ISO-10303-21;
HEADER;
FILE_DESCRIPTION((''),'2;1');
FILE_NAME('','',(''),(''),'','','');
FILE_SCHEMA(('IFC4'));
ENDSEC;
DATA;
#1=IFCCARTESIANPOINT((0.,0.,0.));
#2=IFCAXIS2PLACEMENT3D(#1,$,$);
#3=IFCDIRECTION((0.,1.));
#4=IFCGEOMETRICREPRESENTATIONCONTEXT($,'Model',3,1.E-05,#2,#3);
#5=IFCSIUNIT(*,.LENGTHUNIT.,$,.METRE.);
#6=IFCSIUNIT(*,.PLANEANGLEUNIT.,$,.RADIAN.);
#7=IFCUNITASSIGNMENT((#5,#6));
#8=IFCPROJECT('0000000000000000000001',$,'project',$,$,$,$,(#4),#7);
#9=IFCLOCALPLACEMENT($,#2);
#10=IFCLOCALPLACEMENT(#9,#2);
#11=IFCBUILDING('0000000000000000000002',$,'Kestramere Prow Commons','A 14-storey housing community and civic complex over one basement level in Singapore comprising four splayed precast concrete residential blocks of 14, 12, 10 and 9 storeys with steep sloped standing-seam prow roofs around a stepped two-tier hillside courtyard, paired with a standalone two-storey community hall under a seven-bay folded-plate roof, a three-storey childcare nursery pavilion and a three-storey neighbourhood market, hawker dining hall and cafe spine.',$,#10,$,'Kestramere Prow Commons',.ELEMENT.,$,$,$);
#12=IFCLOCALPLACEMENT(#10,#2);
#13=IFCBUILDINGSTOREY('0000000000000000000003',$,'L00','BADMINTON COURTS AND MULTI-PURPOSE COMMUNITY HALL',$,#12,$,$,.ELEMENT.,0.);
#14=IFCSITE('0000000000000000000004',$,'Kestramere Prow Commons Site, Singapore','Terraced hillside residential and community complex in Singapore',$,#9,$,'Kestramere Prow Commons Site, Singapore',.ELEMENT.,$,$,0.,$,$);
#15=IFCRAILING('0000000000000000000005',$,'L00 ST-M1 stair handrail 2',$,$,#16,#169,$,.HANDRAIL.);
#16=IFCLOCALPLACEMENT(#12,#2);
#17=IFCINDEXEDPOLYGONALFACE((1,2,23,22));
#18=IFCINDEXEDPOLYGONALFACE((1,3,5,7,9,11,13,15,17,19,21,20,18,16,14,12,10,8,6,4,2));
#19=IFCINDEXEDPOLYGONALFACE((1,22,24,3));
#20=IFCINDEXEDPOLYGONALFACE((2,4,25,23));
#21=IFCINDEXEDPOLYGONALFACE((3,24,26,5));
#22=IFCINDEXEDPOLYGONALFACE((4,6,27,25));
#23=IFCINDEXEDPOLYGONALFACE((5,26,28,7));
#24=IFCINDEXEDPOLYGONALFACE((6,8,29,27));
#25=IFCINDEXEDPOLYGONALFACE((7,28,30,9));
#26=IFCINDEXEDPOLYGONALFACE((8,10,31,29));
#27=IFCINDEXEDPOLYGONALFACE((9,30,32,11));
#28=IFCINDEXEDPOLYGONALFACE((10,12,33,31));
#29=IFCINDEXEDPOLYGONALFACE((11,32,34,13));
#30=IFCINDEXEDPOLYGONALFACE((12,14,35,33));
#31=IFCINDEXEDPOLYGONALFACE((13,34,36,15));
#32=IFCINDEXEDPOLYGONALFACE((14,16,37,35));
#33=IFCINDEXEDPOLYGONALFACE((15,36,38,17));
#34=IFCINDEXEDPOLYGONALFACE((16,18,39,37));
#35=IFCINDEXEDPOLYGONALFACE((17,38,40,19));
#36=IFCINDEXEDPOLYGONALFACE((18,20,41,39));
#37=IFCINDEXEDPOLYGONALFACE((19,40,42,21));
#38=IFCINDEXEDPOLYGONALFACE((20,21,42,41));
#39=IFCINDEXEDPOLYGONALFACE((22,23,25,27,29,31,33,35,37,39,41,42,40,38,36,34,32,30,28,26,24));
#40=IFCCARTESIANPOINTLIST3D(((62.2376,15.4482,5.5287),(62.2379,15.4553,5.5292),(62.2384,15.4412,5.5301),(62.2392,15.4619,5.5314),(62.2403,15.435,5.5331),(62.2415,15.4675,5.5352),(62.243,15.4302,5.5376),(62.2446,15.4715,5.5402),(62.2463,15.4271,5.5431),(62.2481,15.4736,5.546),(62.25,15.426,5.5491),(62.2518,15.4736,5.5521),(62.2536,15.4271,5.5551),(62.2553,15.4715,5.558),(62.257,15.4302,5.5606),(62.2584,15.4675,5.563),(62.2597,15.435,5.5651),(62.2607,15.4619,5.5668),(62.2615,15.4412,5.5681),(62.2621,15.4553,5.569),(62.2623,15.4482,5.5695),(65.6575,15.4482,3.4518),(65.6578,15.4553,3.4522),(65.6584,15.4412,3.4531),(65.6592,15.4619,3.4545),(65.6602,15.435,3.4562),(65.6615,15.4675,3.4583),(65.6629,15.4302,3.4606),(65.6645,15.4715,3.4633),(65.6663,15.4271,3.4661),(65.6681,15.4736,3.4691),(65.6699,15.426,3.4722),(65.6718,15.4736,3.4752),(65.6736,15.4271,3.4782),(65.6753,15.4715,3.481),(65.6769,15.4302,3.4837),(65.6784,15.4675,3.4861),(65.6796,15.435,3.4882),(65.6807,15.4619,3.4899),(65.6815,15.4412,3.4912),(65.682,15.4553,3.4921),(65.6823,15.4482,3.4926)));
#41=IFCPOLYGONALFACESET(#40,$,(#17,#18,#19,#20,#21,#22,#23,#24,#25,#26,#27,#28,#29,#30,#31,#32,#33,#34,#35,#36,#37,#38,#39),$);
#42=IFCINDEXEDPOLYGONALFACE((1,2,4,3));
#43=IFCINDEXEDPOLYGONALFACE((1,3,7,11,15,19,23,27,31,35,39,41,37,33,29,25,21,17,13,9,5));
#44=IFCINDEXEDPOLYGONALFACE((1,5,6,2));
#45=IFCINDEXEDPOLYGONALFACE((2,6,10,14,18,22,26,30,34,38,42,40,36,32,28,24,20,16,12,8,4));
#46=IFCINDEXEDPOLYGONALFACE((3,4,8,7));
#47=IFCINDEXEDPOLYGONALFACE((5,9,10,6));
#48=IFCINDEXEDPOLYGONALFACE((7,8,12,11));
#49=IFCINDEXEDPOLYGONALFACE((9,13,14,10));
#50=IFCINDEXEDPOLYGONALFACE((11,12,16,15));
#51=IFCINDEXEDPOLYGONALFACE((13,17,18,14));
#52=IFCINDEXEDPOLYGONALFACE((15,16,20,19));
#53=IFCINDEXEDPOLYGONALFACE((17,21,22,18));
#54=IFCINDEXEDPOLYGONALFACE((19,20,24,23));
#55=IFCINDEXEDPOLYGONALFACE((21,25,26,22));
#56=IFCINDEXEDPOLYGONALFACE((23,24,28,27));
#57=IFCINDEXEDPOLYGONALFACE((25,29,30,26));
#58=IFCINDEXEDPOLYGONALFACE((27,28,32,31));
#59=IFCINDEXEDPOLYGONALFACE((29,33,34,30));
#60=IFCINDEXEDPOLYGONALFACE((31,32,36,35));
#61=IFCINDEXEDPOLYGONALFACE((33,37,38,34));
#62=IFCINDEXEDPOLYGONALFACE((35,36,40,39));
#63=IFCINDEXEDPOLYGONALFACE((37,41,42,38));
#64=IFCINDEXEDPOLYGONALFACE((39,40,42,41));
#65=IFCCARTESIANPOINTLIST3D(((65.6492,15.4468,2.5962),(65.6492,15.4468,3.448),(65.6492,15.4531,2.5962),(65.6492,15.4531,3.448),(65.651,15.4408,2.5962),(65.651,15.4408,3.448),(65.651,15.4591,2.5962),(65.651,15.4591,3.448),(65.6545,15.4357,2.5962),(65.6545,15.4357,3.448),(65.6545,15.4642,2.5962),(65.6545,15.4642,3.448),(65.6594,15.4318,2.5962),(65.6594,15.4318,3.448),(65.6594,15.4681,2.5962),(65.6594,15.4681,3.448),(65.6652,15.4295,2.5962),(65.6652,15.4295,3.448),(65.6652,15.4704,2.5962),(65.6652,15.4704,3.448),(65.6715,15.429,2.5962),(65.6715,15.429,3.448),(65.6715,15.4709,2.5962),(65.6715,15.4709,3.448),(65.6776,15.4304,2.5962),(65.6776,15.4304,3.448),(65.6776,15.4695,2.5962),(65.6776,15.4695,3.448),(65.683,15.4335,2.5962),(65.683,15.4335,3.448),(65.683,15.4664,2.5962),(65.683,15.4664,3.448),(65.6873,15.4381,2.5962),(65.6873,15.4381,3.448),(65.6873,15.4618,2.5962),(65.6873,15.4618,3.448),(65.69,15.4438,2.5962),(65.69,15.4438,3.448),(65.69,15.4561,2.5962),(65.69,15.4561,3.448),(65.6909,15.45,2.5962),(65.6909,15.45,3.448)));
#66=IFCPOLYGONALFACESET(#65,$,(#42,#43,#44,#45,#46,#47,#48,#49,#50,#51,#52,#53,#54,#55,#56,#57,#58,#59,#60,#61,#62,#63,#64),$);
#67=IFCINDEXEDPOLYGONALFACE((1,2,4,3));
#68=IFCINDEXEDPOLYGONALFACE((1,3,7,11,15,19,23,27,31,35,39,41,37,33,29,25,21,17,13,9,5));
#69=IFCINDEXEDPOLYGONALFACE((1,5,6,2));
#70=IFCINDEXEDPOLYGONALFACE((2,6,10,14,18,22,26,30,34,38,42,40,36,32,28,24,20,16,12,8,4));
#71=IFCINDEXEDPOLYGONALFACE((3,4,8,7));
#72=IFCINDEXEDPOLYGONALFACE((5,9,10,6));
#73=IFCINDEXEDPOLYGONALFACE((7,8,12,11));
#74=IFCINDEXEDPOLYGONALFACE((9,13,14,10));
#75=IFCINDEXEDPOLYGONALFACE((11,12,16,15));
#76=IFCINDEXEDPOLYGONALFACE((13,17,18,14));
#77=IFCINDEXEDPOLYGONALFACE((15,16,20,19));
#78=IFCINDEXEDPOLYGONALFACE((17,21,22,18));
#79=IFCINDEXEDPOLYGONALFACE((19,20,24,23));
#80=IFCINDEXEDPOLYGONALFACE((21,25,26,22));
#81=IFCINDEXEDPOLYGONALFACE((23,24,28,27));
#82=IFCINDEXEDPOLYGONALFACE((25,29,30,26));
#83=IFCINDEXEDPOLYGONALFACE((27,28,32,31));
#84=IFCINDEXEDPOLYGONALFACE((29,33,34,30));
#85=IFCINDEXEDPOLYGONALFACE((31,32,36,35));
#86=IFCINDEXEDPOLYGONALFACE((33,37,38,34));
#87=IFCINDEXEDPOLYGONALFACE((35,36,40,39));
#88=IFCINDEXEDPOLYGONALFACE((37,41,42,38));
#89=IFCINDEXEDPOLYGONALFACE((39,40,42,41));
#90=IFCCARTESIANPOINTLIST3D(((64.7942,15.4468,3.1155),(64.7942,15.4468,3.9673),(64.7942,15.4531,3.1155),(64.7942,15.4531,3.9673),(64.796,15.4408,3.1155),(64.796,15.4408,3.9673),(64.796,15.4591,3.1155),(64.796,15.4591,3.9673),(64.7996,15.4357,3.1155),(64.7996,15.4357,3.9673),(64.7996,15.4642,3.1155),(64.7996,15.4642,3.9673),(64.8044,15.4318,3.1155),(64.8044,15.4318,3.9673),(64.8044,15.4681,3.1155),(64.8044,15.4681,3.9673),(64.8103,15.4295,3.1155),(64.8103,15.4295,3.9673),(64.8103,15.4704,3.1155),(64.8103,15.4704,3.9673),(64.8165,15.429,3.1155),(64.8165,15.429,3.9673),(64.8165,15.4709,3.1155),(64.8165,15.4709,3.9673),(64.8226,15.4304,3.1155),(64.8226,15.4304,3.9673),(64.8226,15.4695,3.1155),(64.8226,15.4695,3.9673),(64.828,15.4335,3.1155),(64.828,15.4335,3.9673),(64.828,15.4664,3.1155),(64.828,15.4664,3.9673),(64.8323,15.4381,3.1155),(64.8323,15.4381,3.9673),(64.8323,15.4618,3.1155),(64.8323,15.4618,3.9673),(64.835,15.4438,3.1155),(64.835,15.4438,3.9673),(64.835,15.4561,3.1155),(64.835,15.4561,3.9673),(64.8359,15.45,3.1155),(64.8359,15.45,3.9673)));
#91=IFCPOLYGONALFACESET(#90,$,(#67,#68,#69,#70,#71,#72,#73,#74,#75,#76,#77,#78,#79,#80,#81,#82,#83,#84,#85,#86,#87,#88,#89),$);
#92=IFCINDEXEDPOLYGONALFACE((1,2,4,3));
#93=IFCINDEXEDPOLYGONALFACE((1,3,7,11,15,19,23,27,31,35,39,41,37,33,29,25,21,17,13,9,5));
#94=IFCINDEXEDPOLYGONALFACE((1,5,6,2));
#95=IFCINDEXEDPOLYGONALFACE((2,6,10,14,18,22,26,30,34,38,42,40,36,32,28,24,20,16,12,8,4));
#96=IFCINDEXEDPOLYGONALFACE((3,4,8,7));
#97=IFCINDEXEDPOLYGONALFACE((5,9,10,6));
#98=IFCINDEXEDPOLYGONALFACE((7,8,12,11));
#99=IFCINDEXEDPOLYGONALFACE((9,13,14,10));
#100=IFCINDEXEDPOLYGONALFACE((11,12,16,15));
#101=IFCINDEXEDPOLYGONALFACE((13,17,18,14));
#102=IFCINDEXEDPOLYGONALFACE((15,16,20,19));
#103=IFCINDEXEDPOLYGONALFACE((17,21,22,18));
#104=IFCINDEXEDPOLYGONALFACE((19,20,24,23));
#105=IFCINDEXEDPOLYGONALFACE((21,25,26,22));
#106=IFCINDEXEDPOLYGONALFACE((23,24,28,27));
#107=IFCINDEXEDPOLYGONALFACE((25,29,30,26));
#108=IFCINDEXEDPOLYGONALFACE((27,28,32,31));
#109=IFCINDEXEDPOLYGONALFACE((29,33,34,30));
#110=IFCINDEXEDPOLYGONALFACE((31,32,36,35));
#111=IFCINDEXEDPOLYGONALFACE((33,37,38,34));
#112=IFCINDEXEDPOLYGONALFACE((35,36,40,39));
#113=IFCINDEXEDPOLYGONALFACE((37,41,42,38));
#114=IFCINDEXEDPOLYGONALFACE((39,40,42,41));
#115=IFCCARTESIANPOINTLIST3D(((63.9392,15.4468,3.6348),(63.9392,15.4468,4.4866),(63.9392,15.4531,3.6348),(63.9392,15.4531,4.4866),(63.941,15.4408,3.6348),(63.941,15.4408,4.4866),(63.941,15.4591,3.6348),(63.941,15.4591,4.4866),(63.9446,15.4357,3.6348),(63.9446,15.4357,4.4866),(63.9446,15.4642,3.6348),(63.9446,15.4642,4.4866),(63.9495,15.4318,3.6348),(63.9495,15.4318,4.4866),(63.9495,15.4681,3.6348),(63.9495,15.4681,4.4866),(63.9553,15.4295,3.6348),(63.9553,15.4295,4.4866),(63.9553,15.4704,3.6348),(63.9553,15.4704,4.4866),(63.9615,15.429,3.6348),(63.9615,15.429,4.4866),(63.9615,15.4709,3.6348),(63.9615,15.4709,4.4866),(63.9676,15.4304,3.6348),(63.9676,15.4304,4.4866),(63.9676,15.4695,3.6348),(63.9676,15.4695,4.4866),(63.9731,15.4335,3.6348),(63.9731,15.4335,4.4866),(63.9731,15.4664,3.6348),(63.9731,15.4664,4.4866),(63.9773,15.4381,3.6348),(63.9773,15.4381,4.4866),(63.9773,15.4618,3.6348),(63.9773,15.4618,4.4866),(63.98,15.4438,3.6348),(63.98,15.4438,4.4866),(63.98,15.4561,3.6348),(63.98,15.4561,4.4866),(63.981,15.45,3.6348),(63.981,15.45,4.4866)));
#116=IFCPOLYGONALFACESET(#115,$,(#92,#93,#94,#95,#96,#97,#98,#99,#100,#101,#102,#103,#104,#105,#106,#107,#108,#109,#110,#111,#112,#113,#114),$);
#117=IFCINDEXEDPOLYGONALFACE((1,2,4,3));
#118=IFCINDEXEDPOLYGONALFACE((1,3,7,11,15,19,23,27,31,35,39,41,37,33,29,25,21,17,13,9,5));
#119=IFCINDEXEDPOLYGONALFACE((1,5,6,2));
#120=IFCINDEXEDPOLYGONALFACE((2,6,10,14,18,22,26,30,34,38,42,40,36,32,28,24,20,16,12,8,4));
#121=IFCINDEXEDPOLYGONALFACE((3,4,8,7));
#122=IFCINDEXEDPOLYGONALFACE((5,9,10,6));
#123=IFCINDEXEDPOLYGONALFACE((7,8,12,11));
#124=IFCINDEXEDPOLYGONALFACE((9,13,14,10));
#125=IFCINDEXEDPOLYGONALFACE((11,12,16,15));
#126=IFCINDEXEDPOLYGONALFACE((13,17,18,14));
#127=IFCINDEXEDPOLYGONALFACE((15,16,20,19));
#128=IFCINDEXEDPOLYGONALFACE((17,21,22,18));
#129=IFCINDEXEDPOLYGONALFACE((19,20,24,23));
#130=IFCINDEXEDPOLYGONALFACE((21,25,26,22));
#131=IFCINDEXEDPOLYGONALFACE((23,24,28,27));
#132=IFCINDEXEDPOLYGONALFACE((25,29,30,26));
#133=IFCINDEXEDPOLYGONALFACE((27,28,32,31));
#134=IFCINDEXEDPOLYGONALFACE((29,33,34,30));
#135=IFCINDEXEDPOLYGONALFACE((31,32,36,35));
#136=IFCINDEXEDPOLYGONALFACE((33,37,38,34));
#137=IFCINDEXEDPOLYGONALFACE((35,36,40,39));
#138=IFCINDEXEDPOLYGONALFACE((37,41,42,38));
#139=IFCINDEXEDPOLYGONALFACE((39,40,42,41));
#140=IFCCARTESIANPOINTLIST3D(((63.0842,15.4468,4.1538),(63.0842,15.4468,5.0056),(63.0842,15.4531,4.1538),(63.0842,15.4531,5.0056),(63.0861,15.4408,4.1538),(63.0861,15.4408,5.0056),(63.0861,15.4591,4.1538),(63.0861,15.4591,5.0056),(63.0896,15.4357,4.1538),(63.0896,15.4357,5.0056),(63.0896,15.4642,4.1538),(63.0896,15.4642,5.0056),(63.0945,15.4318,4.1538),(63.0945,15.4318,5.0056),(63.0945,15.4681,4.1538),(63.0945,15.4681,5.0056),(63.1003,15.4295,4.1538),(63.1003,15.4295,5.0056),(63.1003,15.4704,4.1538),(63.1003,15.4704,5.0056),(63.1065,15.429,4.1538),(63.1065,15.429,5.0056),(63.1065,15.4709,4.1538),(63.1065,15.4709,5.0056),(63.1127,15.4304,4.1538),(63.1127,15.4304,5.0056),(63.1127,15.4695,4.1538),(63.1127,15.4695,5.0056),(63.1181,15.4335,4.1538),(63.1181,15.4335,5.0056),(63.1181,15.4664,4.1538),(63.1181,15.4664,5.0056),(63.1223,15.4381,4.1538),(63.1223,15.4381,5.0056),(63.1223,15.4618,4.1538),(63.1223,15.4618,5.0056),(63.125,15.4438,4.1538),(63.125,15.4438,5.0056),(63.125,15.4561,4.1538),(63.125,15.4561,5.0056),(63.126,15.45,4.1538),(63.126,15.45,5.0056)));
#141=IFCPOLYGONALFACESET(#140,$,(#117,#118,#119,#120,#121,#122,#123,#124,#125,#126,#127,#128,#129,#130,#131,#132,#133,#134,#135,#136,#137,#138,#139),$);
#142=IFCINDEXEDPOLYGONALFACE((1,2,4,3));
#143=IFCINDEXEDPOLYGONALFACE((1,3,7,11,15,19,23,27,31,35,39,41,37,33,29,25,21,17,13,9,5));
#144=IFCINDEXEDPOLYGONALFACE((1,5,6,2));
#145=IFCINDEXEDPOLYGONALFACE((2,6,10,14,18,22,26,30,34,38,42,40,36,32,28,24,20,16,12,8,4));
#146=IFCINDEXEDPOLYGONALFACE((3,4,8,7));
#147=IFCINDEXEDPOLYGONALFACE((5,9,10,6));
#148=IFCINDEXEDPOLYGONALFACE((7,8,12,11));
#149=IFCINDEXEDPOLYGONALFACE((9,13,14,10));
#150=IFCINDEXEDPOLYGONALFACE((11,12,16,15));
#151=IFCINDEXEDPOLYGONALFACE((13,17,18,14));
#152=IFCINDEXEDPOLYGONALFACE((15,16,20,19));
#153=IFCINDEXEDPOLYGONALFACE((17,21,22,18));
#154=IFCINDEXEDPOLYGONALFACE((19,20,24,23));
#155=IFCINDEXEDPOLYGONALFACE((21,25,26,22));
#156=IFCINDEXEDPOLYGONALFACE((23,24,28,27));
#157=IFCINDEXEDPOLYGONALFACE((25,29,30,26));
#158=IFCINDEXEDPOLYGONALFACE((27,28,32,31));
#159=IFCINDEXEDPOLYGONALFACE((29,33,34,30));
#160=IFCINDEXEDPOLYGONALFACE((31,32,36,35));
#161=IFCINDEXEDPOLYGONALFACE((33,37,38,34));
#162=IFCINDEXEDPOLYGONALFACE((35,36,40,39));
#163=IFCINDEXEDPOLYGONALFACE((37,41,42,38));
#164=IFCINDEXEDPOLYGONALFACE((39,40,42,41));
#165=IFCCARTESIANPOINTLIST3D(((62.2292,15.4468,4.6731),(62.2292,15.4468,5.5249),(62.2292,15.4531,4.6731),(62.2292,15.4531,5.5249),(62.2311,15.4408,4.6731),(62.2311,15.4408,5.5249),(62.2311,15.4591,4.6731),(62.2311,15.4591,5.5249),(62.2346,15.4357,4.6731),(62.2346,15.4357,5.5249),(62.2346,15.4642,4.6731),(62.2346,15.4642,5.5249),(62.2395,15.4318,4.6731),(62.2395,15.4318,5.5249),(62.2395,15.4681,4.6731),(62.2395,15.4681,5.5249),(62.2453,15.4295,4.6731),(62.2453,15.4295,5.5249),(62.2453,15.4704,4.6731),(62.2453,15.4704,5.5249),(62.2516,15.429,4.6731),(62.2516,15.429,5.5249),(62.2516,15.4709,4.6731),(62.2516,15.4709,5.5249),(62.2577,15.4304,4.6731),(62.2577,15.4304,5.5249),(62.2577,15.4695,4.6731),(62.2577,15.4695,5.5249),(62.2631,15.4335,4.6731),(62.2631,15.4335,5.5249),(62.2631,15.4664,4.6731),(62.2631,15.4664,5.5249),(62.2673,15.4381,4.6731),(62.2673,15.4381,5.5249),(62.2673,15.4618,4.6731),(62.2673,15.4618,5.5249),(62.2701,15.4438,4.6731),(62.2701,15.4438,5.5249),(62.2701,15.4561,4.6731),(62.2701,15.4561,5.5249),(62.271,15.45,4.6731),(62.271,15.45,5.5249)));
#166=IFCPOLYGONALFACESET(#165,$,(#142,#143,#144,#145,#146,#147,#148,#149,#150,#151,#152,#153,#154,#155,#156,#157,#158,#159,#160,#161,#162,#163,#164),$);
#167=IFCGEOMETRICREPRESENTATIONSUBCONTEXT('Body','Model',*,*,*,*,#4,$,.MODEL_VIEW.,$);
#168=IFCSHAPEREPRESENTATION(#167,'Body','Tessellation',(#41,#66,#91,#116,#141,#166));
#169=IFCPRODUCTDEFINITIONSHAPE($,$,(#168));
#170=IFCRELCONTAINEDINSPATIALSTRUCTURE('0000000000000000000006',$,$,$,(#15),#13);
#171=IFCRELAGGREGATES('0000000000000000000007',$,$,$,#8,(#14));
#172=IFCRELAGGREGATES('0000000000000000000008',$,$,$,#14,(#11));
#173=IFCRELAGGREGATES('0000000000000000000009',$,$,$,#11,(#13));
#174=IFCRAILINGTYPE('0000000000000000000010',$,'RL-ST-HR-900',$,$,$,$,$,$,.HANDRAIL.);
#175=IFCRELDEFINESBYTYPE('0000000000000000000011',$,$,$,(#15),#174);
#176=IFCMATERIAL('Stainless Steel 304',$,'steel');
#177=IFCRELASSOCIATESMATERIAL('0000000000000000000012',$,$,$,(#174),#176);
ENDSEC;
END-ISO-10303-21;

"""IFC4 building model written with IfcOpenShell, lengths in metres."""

from ifc_helpers import new_model, si_unit, direction, frame, origin, origin_2d, place, context, subcontext, project, spatial, circle, extrude, material, type_object, element, save


model = new_model("IFC4")

# Units and contexts
model_context = context("Model", 3, precision=1e-05, world=origin(), true_north=direction((0.0, 1.0)))
body_context = subcontext(model_context, "Body", "Model", "MODEL_VIEW")
ifc_project = project(units=[si_unit("LENGTHUNIT", "METRE"), si_unit("PLANEANGLEUNIT", "RADIAN")], contexts=[model_context])

# Site, building, storey
site_placement = place(None, origin())
site = spatial("IfcSite", under=ifc_project, at=site_placement, Name="Kestramere Prow Commons Site, Singapore", Description="Terraced hillside residential and community complex in Singapore", LongName="Kestramere Prow Commons Site, Singapore", CompositionType="ELEMENT", RefElevation=0.0)
building_placement = place(site_placement, origin())
building = spatial("IfcBuilding", under=site, at=building_placement, Name="Kestramere Prow Commons", Description="A 14-storey housing community and civic complex over one basement level in Singapore comprising four splayed precast concrete residential blocks of 14, 12, 10 and 9 storeys with steep sloped standing-seam prow roofs around a stepped two-tier hillside courtyard, paired with a standalone two-storey community hall under a seven-bay folded-plate roof, a three-storey childcare nursery pavilion and a three-storey neighbourhood market, hawker dining hall and cafe spine.", LongName="Kestramere Prow Commons", CompositionType="ELEMENT")
storey_placement = place(building_placement, origin())
storey = spatial("IfcBuildingStorey", under=building, at=storey_placement, Name="L00", Description="BADMINTON COURTS AND MULTI-PURPOSE COMMUNITY HALL", CompositionType="ELEMENT", Elevation=0.0)

# Railing
ifc_material_1 = material(Name="Stainless Steel 304", Category="steel")
railing_type_1 = type_object("IfcRailingType", Name="RL-ST-HR-900", PredefinedType="HANDRAIL", material=ifc_material_1)
railing_1_placement = place(storey_placement, frame((65.6699, 15.45, 2.5962)))
element("IfcRailing", 1, at=railing_1_placement, inside=storey, type_object=railing_type_1, Name="L00 ST-M1 stair handrail 2", PredefinedType="HANDRAIL", context=body_context, shape_type="SweptSolid", body=[
    extrude(circle(Radius=0.0239, at=origin_2d()), frame((0.0, 0.0, 0.876), z_axis=(-0.85473, 0.0, 0.519074), x_axis=(0.0, -1.0, 0.0)), (0.0, 0.0, 1.0), 4.0012),
    extrude(circle(Radius=0.021, at=origin_2d()), origin(), (0.0, 0.0, 1.0), 0.8518),
    extrude(circle(Radius=0.021, at=origin_2d()), frame((-0.855, 0.0, 0.5193)), (0.0, 0.0, 1.0), 0.8518),
    extrude(circle(Radius=0.021, at=origin_2d()), frame((-1.71, 0.0, 1.0386)), (0.0, 0.0, 1.0), 0.8518),
    extrude(circle(Radius=0.021, at=origin_2d()), frame((-2.5649, 0.0, 1.5576)), (0.0, 0.0, 1.0), 0.8518),
    extrude(circle(Radius=0.021, at=origin_2d()), frame((-3.4199, 0.0, 2.0769)), (0.0, 0.0, 1.0), 0.8518),
])

save(model, "model.ifc")
